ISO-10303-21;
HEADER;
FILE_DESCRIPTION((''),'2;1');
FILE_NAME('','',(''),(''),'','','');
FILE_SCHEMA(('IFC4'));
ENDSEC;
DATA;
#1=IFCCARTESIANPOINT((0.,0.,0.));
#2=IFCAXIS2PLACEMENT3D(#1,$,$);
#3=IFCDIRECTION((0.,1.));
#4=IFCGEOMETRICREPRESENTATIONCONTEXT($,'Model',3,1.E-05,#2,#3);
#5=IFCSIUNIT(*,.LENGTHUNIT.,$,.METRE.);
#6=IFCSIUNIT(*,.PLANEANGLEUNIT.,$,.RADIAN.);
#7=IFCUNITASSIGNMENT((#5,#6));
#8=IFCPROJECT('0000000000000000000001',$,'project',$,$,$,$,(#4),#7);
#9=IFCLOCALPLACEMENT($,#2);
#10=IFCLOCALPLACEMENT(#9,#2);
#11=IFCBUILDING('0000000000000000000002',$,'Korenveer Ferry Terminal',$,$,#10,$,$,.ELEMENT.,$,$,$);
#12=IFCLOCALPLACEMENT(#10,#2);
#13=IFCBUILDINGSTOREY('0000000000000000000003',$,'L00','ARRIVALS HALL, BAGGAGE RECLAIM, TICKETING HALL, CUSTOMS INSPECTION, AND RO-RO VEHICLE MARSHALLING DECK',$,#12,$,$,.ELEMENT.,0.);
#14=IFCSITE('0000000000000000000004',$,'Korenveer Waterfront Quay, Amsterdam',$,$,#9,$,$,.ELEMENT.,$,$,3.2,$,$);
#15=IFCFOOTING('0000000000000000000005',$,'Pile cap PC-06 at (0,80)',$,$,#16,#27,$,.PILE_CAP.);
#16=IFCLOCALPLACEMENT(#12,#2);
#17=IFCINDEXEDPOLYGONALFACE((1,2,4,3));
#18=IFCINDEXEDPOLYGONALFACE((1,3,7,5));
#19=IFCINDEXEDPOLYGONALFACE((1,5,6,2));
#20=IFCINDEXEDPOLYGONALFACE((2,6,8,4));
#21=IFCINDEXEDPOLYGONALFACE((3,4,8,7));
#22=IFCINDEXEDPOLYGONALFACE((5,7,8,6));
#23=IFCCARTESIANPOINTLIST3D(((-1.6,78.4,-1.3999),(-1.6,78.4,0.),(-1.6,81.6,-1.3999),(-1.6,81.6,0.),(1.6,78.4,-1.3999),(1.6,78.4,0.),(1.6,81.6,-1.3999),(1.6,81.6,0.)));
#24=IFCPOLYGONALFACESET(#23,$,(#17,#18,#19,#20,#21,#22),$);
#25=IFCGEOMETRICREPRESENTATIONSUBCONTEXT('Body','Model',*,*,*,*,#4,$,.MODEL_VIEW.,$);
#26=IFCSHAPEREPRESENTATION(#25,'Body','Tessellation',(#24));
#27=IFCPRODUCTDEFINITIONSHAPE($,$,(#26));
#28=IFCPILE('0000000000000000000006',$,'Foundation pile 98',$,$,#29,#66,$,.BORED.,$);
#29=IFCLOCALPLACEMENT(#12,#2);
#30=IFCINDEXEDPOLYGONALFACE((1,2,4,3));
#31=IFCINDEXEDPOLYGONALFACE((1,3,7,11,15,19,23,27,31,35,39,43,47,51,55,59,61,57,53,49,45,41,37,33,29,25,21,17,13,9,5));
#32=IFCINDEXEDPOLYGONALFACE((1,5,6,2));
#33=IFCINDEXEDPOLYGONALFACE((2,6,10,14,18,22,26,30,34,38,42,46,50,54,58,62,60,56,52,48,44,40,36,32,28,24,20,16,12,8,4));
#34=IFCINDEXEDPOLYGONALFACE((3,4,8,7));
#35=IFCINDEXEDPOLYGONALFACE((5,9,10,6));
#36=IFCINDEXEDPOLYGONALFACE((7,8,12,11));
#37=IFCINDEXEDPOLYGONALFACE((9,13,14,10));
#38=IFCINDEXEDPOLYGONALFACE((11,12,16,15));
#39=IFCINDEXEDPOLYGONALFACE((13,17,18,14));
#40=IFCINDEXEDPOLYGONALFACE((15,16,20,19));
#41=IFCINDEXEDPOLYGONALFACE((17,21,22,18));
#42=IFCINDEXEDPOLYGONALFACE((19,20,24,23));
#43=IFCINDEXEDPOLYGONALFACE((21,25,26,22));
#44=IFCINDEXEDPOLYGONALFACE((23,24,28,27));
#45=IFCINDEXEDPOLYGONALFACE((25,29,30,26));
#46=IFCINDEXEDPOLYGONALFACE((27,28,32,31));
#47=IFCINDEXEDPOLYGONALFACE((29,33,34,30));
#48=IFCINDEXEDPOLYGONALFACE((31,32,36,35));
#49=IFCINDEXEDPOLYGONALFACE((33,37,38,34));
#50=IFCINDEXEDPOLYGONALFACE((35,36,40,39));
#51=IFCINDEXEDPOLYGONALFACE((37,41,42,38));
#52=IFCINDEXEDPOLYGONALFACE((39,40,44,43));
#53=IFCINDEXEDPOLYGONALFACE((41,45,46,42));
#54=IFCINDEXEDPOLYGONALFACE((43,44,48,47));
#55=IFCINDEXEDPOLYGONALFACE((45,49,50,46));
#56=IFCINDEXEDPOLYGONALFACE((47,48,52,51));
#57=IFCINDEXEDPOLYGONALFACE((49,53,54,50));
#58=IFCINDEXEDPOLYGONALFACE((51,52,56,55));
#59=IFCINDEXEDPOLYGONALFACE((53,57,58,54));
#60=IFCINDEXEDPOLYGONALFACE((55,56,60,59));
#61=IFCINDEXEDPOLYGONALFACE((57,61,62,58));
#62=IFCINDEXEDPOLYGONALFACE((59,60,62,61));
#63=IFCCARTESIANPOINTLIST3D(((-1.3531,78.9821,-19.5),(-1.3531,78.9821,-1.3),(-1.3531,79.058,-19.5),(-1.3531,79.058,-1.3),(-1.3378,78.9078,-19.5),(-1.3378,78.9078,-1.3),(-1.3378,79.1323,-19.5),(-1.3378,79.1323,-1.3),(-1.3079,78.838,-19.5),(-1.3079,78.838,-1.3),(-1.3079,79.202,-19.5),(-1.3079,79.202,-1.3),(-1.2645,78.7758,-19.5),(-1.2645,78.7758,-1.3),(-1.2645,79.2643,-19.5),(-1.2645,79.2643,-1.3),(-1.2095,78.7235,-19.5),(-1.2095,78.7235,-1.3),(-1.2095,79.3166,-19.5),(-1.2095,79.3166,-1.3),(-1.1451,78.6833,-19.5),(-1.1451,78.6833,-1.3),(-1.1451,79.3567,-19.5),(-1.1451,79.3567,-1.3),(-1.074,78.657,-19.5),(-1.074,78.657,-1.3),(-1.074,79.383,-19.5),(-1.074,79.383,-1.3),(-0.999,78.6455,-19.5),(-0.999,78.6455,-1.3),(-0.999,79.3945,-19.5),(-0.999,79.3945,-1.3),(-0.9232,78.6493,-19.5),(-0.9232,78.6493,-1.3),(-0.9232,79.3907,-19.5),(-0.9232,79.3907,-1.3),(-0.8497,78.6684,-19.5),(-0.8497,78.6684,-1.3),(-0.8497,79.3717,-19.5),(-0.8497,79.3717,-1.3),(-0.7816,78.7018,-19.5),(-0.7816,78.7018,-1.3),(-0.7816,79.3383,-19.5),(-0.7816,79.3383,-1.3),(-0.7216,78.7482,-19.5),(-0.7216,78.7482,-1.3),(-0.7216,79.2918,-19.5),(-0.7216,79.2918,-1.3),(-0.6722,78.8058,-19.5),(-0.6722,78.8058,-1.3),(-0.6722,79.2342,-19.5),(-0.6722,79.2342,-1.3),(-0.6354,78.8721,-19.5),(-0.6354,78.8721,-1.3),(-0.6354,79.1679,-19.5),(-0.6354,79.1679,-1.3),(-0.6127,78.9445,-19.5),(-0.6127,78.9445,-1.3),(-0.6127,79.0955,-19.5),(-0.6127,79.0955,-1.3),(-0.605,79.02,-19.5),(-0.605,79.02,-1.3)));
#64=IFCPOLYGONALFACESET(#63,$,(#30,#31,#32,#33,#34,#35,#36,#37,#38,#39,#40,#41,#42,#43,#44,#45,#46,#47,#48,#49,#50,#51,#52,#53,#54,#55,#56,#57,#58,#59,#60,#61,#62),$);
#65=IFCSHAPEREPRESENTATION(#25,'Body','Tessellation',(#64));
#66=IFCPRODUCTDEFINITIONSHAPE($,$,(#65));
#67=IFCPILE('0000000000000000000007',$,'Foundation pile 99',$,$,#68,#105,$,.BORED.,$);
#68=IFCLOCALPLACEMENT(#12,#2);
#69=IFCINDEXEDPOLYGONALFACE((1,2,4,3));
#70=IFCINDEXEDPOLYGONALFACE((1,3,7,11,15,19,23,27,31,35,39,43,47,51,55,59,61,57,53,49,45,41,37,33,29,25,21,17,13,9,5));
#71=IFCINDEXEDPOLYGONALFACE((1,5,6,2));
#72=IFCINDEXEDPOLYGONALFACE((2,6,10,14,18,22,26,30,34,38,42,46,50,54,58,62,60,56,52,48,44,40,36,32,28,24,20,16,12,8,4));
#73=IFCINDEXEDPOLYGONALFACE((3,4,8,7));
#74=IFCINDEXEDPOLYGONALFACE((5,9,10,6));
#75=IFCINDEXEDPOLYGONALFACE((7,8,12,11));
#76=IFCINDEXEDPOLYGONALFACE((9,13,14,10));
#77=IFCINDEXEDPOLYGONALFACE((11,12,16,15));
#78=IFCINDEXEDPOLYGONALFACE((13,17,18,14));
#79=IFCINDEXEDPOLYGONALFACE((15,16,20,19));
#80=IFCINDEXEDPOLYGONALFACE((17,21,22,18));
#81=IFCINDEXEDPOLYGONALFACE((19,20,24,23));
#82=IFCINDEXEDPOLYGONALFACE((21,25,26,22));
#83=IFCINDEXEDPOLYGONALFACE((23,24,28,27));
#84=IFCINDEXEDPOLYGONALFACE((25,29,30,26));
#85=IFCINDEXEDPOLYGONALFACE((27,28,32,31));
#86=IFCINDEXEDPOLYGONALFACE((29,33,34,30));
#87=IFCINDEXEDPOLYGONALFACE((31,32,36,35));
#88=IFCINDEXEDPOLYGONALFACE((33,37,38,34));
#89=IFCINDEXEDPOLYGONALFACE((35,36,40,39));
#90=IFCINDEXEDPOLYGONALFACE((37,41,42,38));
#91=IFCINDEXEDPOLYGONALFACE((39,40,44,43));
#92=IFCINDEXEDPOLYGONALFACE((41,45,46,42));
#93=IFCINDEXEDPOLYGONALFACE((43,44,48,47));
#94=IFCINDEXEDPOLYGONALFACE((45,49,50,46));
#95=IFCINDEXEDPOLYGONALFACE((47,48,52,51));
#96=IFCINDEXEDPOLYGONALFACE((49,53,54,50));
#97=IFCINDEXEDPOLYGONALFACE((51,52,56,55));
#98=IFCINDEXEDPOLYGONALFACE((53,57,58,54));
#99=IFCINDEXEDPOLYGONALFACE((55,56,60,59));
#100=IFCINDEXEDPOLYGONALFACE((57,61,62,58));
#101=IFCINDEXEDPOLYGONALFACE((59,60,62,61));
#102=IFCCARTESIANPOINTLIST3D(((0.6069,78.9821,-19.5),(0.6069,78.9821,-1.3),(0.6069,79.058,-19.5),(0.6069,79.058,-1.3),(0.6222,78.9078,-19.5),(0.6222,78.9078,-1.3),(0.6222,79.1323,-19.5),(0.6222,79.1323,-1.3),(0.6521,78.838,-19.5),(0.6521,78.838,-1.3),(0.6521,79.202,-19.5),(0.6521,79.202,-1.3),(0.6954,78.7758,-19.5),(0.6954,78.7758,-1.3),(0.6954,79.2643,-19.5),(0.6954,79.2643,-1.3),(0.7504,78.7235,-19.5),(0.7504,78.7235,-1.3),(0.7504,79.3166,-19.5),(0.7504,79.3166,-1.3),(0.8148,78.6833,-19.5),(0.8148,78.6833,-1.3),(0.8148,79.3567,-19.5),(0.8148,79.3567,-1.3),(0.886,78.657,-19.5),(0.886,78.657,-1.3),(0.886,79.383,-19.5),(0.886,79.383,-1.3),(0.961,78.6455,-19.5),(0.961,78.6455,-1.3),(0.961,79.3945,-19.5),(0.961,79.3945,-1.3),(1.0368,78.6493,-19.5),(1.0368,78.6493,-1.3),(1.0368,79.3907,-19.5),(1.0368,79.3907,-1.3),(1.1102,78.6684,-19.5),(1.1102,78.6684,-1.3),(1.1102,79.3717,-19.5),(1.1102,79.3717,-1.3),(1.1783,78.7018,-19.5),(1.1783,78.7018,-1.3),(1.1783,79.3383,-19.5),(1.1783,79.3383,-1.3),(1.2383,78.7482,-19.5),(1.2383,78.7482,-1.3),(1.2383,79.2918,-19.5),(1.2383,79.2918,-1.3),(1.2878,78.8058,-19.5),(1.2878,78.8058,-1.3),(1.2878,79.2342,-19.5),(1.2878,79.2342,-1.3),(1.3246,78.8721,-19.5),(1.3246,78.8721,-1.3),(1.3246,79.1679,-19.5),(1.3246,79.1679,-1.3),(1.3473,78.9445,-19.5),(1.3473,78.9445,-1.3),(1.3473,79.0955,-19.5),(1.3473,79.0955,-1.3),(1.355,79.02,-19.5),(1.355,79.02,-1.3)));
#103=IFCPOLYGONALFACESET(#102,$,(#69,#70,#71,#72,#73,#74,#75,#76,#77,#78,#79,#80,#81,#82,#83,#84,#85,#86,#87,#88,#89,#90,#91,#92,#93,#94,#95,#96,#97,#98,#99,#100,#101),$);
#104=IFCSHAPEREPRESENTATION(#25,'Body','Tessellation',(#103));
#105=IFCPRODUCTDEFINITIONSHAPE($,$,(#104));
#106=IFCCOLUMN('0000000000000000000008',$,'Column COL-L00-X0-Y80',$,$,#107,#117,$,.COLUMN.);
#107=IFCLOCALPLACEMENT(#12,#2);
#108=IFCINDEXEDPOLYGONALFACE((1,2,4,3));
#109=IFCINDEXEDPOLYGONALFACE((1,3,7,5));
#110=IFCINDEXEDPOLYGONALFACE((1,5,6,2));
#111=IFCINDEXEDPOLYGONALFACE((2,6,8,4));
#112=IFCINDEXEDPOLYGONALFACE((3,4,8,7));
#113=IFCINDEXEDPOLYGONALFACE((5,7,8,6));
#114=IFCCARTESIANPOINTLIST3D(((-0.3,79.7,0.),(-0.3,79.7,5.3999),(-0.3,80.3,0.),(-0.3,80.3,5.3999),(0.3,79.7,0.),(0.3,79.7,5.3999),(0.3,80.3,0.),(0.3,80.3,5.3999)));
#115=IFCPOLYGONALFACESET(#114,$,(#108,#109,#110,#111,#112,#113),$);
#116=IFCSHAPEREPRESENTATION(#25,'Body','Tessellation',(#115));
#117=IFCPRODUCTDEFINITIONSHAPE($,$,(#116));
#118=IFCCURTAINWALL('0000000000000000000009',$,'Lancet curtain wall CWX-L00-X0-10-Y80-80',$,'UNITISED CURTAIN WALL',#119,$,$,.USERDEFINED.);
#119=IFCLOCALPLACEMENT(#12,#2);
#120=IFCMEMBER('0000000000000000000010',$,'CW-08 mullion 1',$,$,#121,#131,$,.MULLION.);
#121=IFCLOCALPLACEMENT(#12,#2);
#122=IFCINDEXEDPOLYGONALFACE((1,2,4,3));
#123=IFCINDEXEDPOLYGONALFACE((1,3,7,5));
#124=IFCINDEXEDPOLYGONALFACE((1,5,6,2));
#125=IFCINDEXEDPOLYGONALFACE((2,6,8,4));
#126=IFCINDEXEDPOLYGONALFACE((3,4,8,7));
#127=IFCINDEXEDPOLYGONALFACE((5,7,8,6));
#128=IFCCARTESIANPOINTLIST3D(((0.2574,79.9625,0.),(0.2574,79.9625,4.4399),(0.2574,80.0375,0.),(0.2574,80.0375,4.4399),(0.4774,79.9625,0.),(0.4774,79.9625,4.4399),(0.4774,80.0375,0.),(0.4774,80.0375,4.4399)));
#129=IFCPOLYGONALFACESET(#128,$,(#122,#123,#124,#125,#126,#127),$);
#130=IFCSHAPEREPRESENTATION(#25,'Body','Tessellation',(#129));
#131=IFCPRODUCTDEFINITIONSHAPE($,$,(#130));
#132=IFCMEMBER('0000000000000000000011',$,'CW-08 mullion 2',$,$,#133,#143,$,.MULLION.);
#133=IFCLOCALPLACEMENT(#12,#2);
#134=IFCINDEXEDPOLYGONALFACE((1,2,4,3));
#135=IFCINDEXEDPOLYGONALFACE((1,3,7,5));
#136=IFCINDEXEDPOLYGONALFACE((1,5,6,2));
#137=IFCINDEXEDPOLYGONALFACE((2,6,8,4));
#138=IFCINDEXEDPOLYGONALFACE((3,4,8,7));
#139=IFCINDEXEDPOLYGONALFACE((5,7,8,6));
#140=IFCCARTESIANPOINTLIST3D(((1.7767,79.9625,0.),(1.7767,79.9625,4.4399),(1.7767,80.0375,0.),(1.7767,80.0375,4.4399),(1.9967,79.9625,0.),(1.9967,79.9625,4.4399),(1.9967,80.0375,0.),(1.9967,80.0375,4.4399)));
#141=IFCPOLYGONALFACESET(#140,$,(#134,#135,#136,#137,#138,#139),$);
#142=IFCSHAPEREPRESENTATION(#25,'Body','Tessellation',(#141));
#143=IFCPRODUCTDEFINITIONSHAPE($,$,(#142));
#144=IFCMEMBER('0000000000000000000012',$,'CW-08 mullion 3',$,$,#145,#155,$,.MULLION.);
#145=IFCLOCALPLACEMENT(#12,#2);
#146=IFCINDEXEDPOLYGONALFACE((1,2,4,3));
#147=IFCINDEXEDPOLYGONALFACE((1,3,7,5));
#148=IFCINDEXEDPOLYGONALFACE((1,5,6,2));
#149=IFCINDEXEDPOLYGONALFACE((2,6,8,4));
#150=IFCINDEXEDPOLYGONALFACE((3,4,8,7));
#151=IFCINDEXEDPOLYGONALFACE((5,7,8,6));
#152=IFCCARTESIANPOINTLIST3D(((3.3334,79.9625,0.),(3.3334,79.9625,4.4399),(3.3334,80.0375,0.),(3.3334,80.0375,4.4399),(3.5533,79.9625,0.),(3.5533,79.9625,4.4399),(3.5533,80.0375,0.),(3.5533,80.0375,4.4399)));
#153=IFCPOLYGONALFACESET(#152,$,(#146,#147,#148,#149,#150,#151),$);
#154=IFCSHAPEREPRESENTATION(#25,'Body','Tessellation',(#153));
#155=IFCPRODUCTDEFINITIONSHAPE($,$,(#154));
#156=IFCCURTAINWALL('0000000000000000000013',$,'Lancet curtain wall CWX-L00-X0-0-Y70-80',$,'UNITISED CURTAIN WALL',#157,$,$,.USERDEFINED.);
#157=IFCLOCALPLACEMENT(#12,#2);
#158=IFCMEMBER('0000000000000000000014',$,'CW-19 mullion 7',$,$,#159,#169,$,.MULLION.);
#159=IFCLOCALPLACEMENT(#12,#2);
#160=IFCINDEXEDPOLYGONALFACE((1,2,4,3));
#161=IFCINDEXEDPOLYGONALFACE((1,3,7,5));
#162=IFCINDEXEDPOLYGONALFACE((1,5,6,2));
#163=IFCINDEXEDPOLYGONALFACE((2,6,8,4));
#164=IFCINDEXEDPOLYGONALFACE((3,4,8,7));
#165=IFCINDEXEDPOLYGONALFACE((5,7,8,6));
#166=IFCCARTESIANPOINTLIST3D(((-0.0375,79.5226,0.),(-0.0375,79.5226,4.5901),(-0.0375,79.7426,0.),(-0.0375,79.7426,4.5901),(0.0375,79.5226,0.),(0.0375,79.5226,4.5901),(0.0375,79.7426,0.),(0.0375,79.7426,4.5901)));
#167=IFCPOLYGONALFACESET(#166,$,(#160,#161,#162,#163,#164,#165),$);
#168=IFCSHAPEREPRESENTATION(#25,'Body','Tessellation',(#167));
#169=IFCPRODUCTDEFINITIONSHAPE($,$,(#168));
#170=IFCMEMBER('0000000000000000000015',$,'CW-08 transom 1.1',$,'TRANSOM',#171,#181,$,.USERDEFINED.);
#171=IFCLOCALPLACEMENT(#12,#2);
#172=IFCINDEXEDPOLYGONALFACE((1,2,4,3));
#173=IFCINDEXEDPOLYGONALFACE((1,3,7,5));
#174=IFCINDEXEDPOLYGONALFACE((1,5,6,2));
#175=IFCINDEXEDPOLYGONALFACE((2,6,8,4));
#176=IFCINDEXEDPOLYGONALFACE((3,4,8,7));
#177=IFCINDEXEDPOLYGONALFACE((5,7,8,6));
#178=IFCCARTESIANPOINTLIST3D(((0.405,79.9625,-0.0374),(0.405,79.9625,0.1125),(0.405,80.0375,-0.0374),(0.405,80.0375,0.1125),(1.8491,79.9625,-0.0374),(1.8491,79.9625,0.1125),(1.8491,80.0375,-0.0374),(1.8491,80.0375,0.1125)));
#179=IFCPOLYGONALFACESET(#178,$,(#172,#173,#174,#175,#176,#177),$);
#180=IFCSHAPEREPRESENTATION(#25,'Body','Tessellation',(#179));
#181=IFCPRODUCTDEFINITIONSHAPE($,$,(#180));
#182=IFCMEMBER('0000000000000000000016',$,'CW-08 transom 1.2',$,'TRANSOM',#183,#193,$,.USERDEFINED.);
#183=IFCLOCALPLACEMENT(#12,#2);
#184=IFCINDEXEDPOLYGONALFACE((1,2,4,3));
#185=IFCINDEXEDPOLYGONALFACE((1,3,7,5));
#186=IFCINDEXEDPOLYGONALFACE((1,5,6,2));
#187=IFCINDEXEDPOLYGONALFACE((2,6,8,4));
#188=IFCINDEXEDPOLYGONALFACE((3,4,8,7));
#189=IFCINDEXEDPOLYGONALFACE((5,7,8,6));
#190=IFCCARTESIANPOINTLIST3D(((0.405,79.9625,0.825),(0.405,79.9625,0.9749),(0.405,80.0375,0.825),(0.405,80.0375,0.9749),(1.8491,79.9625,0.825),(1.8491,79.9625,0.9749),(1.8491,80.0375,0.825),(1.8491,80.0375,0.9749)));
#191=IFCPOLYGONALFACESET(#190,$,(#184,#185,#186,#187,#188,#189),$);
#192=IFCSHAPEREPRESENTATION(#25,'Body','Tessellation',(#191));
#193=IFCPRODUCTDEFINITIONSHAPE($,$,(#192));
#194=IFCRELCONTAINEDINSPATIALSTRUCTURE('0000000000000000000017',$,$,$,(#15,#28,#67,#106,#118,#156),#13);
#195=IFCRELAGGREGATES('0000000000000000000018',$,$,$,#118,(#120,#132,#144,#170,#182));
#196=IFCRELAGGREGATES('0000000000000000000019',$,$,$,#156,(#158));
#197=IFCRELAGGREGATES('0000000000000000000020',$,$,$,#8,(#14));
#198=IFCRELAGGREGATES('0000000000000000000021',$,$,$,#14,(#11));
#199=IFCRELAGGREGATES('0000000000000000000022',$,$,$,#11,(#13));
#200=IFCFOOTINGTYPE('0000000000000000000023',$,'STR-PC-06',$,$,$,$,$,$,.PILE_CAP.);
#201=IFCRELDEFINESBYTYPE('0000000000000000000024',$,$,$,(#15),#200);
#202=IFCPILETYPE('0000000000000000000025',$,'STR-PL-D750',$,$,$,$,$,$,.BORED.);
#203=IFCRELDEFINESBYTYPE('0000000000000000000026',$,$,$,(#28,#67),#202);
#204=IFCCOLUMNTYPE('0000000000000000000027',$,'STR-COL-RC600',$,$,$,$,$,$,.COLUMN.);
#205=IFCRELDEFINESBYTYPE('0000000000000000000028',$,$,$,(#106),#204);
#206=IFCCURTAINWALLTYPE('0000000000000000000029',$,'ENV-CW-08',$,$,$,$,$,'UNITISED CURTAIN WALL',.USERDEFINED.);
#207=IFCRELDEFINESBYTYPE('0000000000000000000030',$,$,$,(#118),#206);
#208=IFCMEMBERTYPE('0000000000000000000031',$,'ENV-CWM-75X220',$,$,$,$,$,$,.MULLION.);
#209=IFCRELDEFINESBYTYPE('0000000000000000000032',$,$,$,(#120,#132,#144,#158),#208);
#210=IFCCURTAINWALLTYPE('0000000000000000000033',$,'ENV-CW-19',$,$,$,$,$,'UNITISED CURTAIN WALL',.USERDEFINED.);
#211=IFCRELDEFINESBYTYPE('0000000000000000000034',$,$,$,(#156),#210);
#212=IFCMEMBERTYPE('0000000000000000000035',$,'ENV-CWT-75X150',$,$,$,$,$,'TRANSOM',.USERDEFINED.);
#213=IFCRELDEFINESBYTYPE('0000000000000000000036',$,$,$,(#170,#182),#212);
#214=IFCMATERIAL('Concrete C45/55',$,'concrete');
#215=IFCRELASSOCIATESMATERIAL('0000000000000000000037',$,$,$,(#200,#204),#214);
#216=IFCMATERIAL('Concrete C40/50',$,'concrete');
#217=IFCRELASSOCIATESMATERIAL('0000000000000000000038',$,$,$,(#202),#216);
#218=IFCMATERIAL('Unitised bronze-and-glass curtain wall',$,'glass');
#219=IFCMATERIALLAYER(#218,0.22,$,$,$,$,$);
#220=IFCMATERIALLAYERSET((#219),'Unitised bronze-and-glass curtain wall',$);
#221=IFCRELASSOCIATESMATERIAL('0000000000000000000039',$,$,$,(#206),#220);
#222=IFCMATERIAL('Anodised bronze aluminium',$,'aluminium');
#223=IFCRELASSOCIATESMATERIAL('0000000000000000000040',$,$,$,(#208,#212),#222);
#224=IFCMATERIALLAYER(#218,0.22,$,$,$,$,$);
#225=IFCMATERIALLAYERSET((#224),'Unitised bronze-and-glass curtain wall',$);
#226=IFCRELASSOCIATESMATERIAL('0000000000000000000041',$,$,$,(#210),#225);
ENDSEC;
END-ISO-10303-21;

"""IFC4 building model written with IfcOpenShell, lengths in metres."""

from ifc_helpers import new_model, si_unit, direction, frame, origin, origin_2d, place, context, subcontext, project, spatial, rectangle, circle, extrude, material, layer, layer_set, material_profile, profile_set, type_object, element, aggregate, save


model = new_model("IFC4")

# Units and contexts
model_context = context("Model", 3, precision=1e-05, world=origin(), true_north=direction((0.0, 1.0)))
body_context = subcontext(model_context, "Body", "Model", "MODEL_VIEW")
ifc_project = project(units=[si_unit("LENGTHUNIT", "METRE"), si_unit("PLANEANGLEUNIT", "RADIAN")], contexts=[model_context])

# Site, building, storey
site_placement = place(None, origin())
site = spatial("IfcSite", under=ifc_project, at=site_placement, Name="Korenveer Waterfront Quay, Amsterdam", CompositionType="ELEMENT", RefElevation=3.2)
building_placement = place(site_placement, origin())
building = spatial("IfcBuilding", under=site, at=building_placement, Name="Korenveer Ferry Terminal", CompositionType="ELEMENT")
storey_placement = place(building_placement, origin())
storey = spatial("IfcBuildingStorey", under=building, at=storey_placement, Name="L00", Description="ARRIVALS HALL, BAGGAGE RECLAIM, TICKETING HALL, CUSTOMS INSPECTION, AND RO-RO VEHICLE MARSHALLING DECK", CompositionType="ELEMENT", Elevation=0.0)

# Footing
ifc_material_1 = material(Name="Concrete C45/55", Category="concrete")
footing_type = type_object("IfcFootingType", Name="STR-PC-06", PredefinedType="PILE_CAP", material=ifc_material_1)
footing_placement = place(storey_placement, frame((0.0, 80.0, -1.3999), z_axis=(0.0, 0.0, 1.0), x_axis=(1.0, 0.0, 0.0)))
element("IfcFooting", 1, at=footing_placement, inside=storey, type_object=footing_type, Name="Pile cap PC-06 at (0,80)", PredefinedType="PILE_CAP", context=body_context, shape_type="SweptSolid", body=[
    extrude(rectangle(XDim=3.2, YDim=3.2, at=origin_2d()), origin(), (0.0, 0.0, 1.0), 1.3999),
])

# Piles
ifc_material_2 = material(Name="Concrete C40/50", Category="concrete")
ifc_material_profile_1 = material_profile(ifc_material_2, circle(Radius=0.375, at=origin_2d()), Name="PILE D750")
ifc_profile_set_1 = profile_set([ifc_material_profile_1], Name="Concrete C40/50")
pile_type = type_object("IfcPileType", Name="STR-PL-D750", PredefinedType="BORED", material=ifc_profile_set_1)
for number, where, z_axis, x_axis, name in (
    (2, (-0.98, 79.02, -1.3), (0.0, 0.0, -1.0), (1.0, 0.0, 0.0), "Foundation pile 98"),
    (3, (0.98, 79.02, -1.3), (0.0, 0.0, -1.0), (1.0, 0.0, 0.0), "Foundation pile 99"),
):
    element("IfcPile", number, at=place(storey_placement, frame(where, z_axis=z_axis, x_axis=x_axis)), inside=storey, type_object=pile_type, Name=name, PredefinedType="BORED", context=body_context, shape_type="SweptSolid", body=[
        extrude(circle(Radius=0.375, at=origin_2d()), origin(), (0.0, 0.0, 1.0), 18.2),
    ])

# Column
ifc_material_profile_2 = material_profile(ifc_material_1, rectangle(XDim=0.6001, YDim=0.6001, at=origin_2d()), Name="RC 600x600")
ifc_profile_set_2 = profile_set([ifc_material_profile_2], Name="Concrete C45/55")
column_type = type_object("IfcColumnType", Name="STR-COL-RC600", PredefinedType="COLUMN", material=ifc_profile_set_2)
column_placement = place(storey_placement, frame((0.0, 80.0, 0.0), z_axis=(0.0, 0.0, 1.0), x_axis=(1.0, 0.0, 0.0)))
element("IfcColumn", 4, at=column_placement, inside=storey, type_object=column_type, Name="Column COL-L00-X0-Y80", PredefinedType="COLUMN", context=body_context, shape_type="SweptSolid", body=[
    extrude(rectangle(XDim=0.6001, YDim=0.6001, at=origin_2d()), origin(), (0.0, 0.0, 1.0), 5.3999),
])

# Curtain wall, members
ifc_material_3 = material(Name="Unitised bronze-and-glass curtain wall", Category="glass")
ifc_layer_1 = layer(ifc_material_3, 0.22)
ifc_layer_set_1 = layer_set([ifc_layer_1], Name="Unitised bronze-and-glass curtain wall")
curtain_wall_type_1 = type_object("IfcCurtainWallType", Name="ENV-CW-08", ElementType="UNITISED CURTAIN WALL", PredefinedType="USERDEFINED", material=ifc_layer_set_1)
curtain_wall_1_placement = place(storey_placement, frame((0.3301, 80.0, 0.0)))
curtain_wall_1 = element("IfcCurtainWall", 5, at=curtain_wall_1_placement, inside=storey, type_object=curtain_wall_type_1, Name="Lancet curtain wall CWX-L00-X0-10-Y80-80", ObjectType="UNITISED CURTAIN WALL", PredefinedType="USERDEFINED")
ifc_material_4 = material(Name="Anodised bronze aluminium", Category="aluminium")
ifc_material_profile_3 = material_profile(ifc_material_4, rectangle(XDim=0.075, YDim=0.22, at=origin_2d()), Name="ALU 75x220")
ifc_profile_set_3 = profile_set([ifc_material_profile_3], Name="Anodised bronze aluminium")
member_type_1 = type_object("IfcMemberType", Name="ENV-CWM-75X220", PredefinedType="MULLION", material=ifc_profile_set_3)
member_1_placement = place(storey_placement, frame((0.3674, 80.0, 0.0), z_axis=(0.0, 0.0, 1.0), x_axis=(0.0, 1.0, 0.0)))
member_1 = element("IfcMember", 6, at=member_1_placement, type_object=member_type_1, Name="CW-08 mullion 1", PredefinedType="MULLION", context=body_context, shape_type="SweptSolid", body=[
    extrude(rectangle(XDim=0.075, YDim=0.22, at=origin_2d()), origin(), (0.0, 0.0, 1.0), 4.4399),
])
member_2_placement = place(storey_placement, frame((1.8867, 80.0, 0.0), z_axis=(0.0, 0.0, 1.0), x_axis=(0.0, 1.0, 0.0)))
member_2 = element("IfcMember", 7, at=member_2_placement, type_object=member_type_1, Name="CW-08 mullion 2", PredefinedType="MULLION", context=body_context, shape_type="SweptSolid", body=[
    extrude(rectangle(XDim=0.075, YDim=0.22, at=origin_2d()), origin(), (0.0, 0.0, 1.0), 4.4399),
])
member_3_placement = place(storey_placement, frame((3.4434, 80.0, 0.0), z_axis=(0.0, 0.0, 1.0), x_axis=(0.0, 1.0, 0.0)))
member_3 = element("IfcMember", 8, at=member_3_placement, type_object=member_type_1, Name="CW-08 mullion 3", PredefinedType="MULLION", context=body_context, shape_type="SweptSolid", body=[
    extrude(rectangle(XDim=0.075, YDim=0.22, at=origin_2d()), origin(), (0.0, 0.0, 1.0), 4.4399),
])

# Curtain wall, member
ifc_layer_2 = layer(ifc_material_3, 0.22)
ifc_layer_set_2 = layer_set([ifc_layer_2], Name="Unitised bronze-and-glass curtain wall")
curtain_wall_type_2 = type_object("IfcCurtainWallType", Name="ENV-CW-19", ElementType="UNITISED CURTAIN WALL", PredefinedType="USERDEFINED", material=ifc_layer_set_2)
curtain_wall_2_placement = place(storey_placement, frame((0.0, 70.3301, 0.0)))
curtain_wall_2 = element("IfcCurtainWall", 9, at=curtain_wall_2_placement, inside=storey, type_object=curtain_wall_type_2, Name="Lancet curtain wall CWX-L00-X0-0-Y70-80", ObjectType="UNITISED CURTAIN WALL", PredefinedType="USERDEFINED")
member_4_placement = place(storey_placement, frame((0.0, 79.6326, 0.0), z_axis=(0.0, 0.0, 1.0), x_axis=(-1.0, 0.0, 0.0)))
member_4 = element("IfcMember", 10, at=member_4_placement, type_object=member_type_1, Name="CW-19 mullion 7", PredefinedType="MULLION", context=body_context, shape_type="SweptSolid", body=[
    extrude(rectangle(XDim=0.075, YDim=0.22, at=origin_2d()), origin(), (0.0, 0.0, 1.0), 4.5901),
])

# Members
ifc_material_profile_4 = material_profile(ifc_material_4, rectangle(XDim=0.075, YDim=0.1499, at=origin_2d()), Name="ALU 75x150")
ifc_profile_set_4 = profile_set([ifc_material_profile_4], Name="Anodised bronze aluminium")
member_type_2 = type_object("IfcMemberType", Name="ENV-CWT-75X150", ElementType="TRANSOM", PredefinedType="USERDEFINED", material=ifc_profile_set_4)
member_5_placement = place(storey_placement, frame((0.405, 80.0, 0.0376), z_axis=(1.0, 0.0, 0.0), x_axis=(0.0, 1.0, 0.0)))
member_5 = element("IfcMember", 11, at=member_5_placement, type_object=member_type_2, Name="CW-08 transom 1.1", ObjectType="TRANSOM", PredefinedType="USERDEFINED", context=body_context, shape_type="SweptSolid", body=[
    extrude(rectangle(XDim=0.075, YDim=0.1499, at=origin_2d()), origin(), (0.0, 0.0, 1.0), 1.4441),
])
member_6_placement = place(storey_placement, frame((0.405, 80.0, 0.8999), z_axis=(1.0, 0.0, 0.0), x_axis=(0.0, 1.0, 0.0)))
member_6 = element("IfcMember", 12, at=member_6_placement, type_object=member_type_2, Name="CW-08 transom 1.2", ObjectType="TRANSOM", PredefinedType="USERDEFINED", context=body_context, shape_type="SweptSolid", body=[
    extrude(rectangle(XDim=0.075, YDim=0.1499, at=origin_2d()), origin(), (0.0, 0.0, 1.0), 1.4441),
])

aggregate(curtain_wall_1, [member_1, member_2, member_3, member_5, member_6])
aggregate(curtain_wall_2, [member_4])

save(model, "model.ifc")
